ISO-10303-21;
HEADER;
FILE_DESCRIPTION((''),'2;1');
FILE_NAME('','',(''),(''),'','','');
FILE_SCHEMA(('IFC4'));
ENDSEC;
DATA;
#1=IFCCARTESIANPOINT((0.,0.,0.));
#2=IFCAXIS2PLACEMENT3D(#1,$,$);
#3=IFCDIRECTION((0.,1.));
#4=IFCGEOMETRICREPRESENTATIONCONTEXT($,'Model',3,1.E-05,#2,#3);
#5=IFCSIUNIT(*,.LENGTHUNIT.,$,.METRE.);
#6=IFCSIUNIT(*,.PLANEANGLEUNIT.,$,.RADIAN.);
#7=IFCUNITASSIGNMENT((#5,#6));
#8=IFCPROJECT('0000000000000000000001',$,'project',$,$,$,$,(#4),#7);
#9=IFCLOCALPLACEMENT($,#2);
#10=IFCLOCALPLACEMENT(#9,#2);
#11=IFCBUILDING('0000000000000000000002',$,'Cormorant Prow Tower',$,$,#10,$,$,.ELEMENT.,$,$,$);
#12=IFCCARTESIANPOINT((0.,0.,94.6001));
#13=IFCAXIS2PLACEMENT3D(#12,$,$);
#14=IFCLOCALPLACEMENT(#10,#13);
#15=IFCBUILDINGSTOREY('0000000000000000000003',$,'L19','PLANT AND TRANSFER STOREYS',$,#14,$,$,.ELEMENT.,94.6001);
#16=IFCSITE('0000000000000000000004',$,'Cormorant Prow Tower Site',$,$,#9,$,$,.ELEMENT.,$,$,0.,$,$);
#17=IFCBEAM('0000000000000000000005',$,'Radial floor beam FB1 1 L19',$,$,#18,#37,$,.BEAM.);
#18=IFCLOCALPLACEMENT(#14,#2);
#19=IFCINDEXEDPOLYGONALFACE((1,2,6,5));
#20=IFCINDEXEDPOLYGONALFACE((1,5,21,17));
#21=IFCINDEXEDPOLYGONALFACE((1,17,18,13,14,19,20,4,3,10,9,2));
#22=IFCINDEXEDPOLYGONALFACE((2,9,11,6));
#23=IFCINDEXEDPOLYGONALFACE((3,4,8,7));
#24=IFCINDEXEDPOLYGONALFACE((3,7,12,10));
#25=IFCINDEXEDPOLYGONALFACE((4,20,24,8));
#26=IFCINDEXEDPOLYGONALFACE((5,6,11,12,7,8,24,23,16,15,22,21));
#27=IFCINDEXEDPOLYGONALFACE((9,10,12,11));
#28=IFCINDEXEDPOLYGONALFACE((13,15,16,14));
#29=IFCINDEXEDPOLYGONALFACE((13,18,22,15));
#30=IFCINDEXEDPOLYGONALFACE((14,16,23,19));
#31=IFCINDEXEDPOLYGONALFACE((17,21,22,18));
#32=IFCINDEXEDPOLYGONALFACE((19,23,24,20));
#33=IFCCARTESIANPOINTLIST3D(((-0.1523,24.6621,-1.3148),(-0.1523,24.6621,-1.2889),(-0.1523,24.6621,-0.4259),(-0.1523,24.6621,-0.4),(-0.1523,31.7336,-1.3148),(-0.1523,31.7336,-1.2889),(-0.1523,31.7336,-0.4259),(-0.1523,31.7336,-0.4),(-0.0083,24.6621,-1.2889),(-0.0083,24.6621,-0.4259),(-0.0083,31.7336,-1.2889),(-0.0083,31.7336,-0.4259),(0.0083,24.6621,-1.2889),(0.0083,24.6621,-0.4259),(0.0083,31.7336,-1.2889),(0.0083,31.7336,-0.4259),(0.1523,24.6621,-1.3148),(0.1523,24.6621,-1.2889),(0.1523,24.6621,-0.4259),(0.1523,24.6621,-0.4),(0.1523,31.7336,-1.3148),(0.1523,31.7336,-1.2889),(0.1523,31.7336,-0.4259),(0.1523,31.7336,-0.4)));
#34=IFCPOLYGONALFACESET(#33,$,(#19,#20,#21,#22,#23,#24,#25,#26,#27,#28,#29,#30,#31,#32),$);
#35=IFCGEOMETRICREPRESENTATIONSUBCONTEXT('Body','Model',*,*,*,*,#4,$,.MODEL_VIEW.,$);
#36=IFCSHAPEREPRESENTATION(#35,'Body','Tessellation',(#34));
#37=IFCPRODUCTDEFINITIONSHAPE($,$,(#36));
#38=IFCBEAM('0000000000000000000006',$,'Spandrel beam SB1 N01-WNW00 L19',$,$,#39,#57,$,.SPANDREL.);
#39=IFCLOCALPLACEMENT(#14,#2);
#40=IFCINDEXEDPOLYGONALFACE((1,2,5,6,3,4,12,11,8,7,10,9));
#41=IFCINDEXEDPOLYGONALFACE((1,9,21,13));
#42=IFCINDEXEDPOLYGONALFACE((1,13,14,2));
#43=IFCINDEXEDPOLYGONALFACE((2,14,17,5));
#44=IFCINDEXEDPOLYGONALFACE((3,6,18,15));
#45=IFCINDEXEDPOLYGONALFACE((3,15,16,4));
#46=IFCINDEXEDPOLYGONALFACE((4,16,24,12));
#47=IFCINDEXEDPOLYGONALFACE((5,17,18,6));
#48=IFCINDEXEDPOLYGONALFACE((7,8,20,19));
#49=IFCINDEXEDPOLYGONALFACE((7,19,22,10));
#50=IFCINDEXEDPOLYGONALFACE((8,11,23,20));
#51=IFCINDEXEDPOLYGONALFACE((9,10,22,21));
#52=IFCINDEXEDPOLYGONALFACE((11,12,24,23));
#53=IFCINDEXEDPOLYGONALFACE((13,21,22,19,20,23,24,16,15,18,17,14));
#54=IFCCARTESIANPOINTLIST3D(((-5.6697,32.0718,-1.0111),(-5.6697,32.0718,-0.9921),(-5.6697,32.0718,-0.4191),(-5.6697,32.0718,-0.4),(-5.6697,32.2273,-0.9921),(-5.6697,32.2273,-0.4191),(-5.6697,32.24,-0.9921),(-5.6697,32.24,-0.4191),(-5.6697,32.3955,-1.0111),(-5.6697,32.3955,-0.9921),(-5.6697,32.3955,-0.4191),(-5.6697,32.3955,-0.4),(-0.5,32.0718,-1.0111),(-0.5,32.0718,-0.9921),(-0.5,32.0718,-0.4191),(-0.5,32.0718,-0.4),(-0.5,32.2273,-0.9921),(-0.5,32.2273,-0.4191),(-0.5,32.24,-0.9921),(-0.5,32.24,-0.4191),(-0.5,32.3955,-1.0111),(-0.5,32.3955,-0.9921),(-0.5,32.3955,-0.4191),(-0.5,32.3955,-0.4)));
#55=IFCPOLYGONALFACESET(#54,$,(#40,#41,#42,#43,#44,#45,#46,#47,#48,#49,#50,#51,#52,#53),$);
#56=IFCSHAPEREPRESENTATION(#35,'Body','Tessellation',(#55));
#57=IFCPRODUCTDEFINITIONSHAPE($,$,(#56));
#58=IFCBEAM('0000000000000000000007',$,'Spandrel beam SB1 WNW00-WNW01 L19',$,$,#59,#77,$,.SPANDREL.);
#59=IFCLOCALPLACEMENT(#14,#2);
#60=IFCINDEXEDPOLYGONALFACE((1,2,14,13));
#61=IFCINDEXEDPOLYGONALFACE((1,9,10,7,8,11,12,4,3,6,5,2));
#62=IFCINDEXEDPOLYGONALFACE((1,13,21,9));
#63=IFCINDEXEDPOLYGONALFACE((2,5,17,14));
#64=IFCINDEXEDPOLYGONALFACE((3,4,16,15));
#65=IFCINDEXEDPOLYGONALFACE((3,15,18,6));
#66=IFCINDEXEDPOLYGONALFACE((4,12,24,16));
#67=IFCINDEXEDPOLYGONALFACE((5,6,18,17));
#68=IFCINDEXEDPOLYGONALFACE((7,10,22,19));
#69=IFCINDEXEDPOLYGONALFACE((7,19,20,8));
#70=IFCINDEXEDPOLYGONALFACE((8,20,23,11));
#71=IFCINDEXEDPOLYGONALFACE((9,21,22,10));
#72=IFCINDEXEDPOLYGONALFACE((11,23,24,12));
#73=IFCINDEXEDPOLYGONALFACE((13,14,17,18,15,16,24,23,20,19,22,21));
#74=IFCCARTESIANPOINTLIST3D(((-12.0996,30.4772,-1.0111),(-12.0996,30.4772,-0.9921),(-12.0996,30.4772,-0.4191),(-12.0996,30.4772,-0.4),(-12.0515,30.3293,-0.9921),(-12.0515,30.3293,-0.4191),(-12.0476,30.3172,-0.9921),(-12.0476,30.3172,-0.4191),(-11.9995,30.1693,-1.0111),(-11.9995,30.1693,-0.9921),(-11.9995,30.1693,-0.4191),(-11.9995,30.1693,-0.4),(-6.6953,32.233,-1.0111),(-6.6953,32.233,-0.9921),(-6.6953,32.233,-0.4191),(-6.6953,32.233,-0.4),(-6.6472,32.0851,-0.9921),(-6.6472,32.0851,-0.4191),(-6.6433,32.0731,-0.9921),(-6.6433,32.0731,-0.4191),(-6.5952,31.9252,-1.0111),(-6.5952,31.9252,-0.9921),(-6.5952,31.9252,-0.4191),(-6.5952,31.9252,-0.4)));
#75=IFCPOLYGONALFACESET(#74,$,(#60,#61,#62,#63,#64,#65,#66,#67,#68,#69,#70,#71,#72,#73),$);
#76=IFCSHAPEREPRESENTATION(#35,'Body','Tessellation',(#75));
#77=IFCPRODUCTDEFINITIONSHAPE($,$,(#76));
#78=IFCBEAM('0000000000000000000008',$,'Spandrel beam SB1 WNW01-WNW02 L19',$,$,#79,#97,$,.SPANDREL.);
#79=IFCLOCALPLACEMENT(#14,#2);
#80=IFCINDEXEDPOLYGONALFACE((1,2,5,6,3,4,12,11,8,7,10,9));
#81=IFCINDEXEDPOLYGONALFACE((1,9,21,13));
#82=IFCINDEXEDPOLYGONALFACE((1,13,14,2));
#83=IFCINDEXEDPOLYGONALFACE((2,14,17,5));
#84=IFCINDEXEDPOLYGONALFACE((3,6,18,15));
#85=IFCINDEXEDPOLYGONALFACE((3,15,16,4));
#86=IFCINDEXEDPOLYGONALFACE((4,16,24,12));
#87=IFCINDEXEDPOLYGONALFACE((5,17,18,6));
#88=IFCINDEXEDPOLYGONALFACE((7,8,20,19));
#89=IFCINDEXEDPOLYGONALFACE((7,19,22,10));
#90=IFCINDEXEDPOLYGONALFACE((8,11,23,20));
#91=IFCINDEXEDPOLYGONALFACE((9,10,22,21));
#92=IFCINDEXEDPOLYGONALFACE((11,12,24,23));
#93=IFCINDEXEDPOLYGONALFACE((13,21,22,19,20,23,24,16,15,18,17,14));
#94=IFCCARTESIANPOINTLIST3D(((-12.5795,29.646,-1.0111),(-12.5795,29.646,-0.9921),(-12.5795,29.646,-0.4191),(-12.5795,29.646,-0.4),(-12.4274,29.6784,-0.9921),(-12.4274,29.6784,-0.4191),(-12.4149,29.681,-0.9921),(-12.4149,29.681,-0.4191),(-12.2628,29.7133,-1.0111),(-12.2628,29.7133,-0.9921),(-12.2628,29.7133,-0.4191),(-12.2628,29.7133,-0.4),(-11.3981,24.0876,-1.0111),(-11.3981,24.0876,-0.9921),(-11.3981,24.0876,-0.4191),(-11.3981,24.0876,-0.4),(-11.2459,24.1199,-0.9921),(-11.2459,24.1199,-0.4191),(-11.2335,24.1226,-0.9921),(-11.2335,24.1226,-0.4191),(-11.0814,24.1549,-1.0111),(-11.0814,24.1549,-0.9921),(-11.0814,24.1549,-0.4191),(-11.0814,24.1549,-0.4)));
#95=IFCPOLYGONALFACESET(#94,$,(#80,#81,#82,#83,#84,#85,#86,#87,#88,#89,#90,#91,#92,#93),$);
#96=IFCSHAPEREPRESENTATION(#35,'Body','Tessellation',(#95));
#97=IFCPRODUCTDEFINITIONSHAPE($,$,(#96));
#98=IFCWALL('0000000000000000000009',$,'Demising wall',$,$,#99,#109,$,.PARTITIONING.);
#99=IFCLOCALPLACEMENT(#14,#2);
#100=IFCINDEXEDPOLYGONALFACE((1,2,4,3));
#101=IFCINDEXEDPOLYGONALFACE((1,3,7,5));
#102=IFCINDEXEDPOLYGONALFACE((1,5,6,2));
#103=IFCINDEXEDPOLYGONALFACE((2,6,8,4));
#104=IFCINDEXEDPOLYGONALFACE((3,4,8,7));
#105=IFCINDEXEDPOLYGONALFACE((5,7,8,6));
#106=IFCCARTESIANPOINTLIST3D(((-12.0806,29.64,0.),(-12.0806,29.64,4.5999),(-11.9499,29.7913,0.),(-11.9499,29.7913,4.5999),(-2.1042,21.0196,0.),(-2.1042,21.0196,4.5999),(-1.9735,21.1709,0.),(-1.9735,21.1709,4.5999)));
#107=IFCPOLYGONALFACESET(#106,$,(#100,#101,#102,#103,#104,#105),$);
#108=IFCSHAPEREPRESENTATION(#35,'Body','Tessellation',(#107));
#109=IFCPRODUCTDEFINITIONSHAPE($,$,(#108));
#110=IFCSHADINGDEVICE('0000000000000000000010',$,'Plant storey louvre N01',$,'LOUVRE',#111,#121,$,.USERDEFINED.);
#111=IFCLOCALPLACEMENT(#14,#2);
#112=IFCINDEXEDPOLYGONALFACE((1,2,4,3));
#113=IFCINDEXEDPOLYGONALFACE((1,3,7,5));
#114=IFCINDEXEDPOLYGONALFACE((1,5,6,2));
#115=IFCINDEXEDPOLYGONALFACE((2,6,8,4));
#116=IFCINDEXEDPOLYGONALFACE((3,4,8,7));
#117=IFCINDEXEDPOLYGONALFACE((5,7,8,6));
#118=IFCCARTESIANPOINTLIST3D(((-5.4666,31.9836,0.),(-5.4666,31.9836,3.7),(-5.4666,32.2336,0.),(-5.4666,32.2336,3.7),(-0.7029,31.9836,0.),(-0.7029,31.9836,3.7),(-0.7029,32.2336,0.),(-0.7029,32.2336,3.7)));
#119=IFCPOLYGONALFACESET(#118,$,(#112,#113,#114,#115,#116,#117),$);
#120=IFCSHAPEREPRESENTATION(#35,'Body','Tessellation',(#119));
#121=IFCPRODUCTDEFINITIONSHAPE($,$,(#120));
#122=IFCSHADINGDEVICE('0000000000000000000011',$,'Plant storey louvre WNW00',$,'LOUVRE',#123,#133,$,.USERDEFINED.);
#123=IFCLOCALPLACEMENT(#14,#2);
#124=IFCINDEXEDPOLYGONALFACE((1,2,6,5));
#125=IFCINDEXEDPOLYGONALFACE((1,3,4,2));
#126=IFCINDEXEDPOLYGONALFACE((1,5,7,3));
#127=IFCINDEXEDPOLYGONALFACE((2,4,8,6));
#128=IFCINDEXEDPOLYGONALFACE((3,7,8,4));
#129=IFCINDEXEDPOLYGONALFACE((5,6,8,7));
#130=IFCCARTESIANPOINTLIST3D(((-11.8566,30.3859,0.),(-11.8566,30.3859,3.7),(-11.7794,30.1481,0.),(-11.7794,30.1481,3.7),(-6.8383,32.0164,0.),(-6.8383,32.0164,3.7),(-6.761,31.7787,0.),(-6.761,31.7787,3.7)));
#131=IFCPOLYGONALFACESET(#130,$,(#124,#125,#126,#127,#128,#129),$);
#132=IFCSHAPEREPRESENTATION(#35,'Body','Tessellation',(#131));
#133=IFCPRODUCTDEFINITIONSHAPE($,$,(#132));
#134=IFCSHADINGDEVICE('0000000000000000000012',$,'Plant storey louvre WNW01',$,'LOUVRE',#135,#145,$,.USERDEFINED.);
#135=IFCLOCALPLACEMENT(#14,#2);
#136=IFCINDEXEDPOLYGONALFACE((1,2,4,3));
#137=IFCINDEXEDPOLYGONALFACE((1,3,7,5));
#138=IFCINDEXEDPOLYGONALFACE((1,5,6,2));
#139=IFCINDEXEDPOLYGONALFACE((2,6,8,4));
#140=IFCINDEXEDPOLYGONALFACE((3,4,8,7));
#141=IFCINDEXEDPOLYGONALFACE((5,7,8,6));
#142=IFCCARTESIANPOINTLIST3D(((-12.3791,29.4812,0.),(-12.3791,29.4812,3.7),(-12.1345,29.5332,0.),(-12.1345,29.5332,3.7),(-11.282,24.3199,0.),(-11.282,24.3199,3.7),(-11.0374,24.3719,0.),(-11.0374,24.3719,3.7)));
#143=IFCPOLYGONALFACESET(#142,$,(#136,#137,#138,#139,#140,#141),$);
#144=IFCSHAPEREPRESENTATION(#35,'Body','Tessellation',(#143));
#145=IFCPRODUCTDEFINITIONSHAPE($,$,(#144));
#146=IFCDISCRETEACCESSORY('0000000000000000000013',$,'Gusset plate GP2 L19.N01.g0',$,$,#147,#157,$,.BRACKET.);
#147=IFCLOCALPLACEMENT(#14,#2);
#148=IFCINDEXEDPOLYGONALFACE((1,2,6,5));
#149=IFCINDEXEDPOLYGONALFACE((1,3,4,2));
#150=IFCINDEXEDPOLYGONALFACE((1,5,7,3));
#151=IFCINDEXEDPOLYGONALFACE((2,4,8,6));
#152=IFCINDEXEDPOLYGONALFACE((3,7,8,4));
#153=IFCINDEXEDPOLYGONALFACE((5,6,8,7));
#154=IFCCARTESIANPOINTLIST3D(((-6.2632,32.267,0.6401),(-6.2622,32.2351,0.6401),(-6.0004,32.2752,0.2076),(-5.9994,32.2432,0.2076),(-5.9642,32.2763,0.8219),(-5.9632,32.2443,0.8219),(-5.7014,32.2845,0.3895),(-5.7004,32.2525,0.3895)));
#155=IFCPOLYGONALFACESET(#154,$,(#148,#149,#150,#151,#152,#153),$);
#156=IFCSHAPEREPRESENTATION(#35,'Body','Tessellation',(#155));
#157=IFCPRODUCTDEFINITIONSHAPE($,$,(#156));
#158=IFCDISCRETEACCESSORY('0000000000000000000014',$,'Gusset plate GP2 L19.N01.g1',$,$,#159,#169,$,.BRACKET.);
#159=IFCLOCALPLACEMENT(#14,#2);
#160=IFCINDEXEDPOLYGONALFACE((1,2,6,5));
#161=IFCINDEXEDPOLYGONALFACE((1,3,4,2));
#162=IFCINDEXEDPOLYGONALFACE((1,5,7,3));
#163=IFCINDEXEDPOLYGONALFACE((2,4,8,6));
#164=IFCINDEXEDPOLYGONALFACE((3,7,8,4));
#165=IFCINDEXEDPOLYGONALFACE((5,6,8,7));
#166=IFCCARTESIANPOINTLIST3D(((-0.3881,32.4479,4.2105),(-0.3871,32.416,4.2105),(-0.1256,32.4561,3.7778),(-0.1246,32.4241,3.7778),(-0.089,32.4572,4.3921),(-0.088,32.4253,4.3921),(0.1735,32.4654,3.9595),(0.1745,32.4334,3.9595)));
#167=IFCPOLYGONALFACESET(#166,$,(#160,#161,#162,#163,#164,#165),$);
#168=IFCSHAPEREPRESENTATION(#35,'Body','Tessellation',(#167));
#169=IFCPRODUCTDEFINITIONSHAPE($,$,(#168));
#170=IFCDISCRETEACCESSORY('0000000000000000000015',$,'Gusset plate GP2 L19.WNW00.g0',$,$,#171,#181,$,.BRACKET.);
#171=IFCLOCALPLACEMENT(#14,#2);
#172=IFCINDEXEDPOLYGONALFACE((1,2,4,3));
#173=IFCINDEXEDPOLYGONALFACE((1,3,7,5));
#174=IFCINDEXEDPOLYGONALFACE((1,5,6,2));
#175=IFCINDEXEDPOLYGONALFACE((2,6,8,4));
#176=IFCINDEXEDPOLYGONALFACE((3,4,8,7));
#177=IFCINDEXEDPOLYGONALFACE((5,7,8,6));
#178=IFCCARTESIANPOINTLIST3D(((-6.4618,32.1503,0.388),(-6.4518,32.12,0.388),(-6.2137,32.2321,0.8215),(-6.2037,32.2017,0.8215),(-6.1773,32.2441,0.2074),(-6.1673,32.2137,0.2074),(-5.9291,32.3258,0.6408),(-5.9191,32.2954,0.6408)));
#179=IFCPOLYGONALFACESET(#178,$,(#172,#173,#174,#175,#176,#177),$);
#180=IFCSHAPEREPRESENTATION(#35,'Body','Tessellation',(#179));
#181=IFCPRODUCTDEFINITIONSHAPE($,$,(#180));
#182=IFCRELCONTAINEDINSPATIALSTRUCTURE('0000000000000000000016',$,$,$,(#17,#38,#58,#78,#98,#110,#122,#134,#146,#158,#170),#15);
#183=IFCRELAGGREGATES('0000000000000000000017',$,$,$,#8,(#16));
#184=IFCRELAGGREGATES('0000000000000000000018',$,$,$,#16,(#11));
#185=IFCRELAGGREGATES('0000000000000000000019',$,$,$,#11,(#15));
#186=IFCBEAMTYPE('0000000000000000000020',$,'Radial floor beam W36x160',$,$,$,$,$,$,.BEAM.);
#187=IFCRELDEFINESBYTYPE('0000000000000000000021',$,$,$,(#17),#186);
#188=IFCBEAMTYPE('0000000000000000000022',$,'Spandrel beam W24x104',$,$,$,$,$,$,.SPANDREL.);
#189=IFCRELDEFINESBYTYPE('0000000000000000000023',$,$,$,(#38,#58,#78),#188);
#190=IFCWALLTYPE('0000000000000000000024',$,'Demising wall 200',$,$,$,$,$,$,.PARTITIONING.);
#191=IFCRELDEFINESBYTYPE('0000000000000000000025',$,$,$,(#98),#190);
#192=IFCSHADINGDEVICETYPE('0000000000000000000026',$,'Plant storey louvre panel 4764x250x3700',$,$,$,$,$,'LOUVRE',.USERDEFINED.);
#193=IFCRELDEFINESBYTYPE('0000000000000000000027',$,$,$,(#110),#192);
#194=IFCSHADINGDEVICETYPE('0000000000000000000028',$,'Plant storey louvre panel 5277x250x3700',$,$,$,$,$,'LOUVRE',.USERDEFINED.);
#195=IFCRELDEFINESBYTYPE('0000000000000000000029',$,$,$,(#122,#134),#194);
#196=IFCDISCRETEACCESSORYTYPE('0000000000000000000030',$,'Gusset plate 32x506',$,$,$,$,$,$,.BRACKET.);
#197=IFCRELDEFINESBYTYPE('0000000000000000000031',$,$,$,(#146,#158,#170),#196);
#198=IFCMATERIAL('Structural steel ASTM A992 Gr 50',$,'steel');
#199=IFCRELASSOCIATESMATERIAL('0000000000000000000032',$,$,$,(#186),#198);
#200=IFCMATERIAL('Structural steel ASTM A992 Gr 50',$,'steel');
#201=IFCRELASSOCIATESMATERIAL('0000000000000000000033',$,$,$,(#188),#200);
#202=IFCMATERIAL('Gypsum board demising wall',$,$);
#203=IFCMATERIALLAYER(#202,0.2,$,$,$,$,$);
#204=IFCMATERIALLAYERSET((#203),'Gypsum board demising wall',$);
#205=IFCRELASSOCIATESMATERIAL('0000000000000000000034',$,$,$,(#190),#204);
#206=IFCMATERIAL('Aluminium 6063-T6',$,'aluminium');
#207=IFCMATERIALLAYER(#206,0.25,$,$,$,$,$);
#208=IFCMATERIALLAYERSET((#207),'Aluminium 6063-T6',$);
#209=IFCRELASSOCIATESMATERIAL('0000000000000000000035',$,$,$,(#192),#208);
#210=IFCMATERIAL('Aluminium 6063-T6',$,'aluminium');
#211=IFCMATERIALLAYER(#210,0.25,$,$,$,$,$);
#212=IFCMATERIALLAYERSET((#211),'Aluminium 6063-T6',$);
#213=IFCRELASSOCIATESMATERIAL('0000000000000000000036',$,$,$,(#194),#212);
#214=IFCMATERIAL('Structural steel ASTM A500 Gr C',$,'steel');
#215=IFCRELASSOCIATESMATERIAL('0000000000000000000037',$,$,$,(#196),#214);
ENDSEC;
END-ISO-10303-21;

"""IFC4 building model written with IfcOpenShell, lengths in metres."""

from ifc_helpers import new_model, si_unit, direction, frame, frame_2d, origin, origin_2d, place, context, subcontext, project, spatial, rectangle, i_section, extrude, material, layer, layer_set, material_profile, profile_set, type_object, element, save


model = new_model("IFC4")

# Units and contexts
model_context = context("Model", 3, precision=1e-05, world=origin(), true_north=direction((0.0, 1.0)))
body_context = subcontext(model_context, "Body", "Model", "MODEL_VIEW")
ifc_project = project(units=[si_unit("LENGTHUNIT", "METRE"), si_unit("PLANEANGLEUNIT", "RADIAN")], contexts=[model_context])

# Site, building, storey
site_placement = place(None, origin())
site = spatial("IfcSite", under=ifc_project, at=site_placement, Name="Cormorant Prow Tower Site", CompositionType="ELEMENT", RefElevation=0.0)
building_placement = place(site_placement, origin())
building = spatial("IfcBuilding", under=site, at=building_placement, Name="Cormorant Prow Tower", CompositionType="ELEMENT")
storey_placement = place(building_placement, frame((0.0, 0.0, 94.6001)))
storey = spatial("IfcBuildingStorey", under=building, at=storey_placement, Name="L19", Description="PLANT AND TRANSFER STOREYS", CompositionType="ELEMENT", Elevation=94.6001)

# Beams
ifc_material_1 = material(Name="Structural steel ASTM A992 Gr 50", Category="steel")
ifc_material_profile_1 = material_profile(ifc_material_1, i_section(OverallWidth=0.3047, OverallDepth=0.9148, WebThickness=0.0166, FlangeThickness=0.0259, at=origin_2d()), Name="W36x160")
ifc_profile_set_1 = profile_set([ifc_material_profile_1], Name="Structural steel ASTM A992 Gr 50")
beam_type_1 = type_object("IfcBeamType", Name="Radial floor beam W36x160", PredefinedType="BEAM", material=ifc_profile_set_1)
beam_1_placement = place(storey_placement, frame((0.0, 24.6621, -0.8574), z_axis=(0.0, 1.0, 0.0), x_axis=(-1.0, 0.0, 0.0)))
element("IfcBeam", 1, at=beam_1_placement, inside=storey, type_object=beam_type_1, Name="Radial floor beam FB1 1 L19", PredefinedType="BEAM", context=body_context, shape_type="SweptSolid", body=[
    extrude(i_section(OverallWidth=0.3047, OverallDepth=0.9148, WebThickness=0.0166, FlangeThickness=0.0259, at=origin_2d()), origin(), (0.0, 0.0, 1.0), 7.0715),
])
ifc_material_2 = material(Name="Structural steel ASTM A992 Gr 50", Category="steel")
ifc_material_profile_2 = material_profile(ifc_material_2, i_section(OverallWidth=0.3237, OverallDepth=0.6111, WebThickness=0.0127, FlangeThickness=0.019, at=origin_2d()), Name="W24x104")
ifc_profile_set_2 = profile_set([ifc_material_profile_2], Name="Structural steel ASTM A992 Gr 50")
beam_type_2 = type_object("IfcBeamType", Name="Spandrel beam W24x104", PredefinedType="SPANDREL", material=ifc_profile_set_2)
beam_2_placement = place(storey_placement, frame((-0.5, 32.2336, -0.7056), z_axis=(-1.0, 0.0, 0.0), x_axis=(0.0, -1.0, 0.0)))
element("IfcBeam", 2, at=beam_2_placement, inside=storey, type_object=beam_type_2, Name="Spandrel beam SB1 N01-WNW00 L19", PredefinedType="SPANDREL", context=body_context, shape_type="SweptSolid", body=[
    extrude(i_section(OverallWidth=0.3237, OverallDepth=0.6111, WebThickness=0.0127, FlangeThickness=0.019, at=origin_2d()), origin(), (0.0, 0.0, 1.0), 5.1697),
])
beam_3_placement = place(storey_placement, frame((-6.6453, 32.0791, -0.7056), z_axis=(-0.951062, -0.309001, 0.0), x_axis=(0.309001, -0.951062, 0.0)))
element("IfcBeam", 3, at=beam_3_placement, inside=storey, type_object=beam_type_2, Name="Spandrel beam SB1 WNW00-WNW01 L19", PredefinedType="SPANDREL", context=body_context, shape_type="SweptSolid", body=[
    extrude(i_section(OverallWidth=0.3237, OverallDepth=0.6111, WebThickness=0.0127, FlangeThickness=0.019, at=origin_2d()), origin(), (0.0, 0.0, 1.0), 5.6824),
])
beam_4_placement = place(storey_placement, frame((-12.4211, 29.6797, -0.7056), z_axis=(0.2079, -0.97815, 0.0), x_axis=(0.97815, 0.2079, 0.0)))
element("IfcBeam", 4, at=beam_4_placement, inside=storey, type_object=beam_type_2, Name="Spandrel beam SB1 WNW01-WNW02 L19", PredefinedType="SPANDREL", context=body_context, shape_type="SweptSolid", body=[
    extrude(i_section(OverallWidth=0.3237, OverallDepth=0.6111, WebThickness=0.0127, FlangeThickness=0.019, at=origin_2d()), origin(), (0.0, 0.0, 1.0), 5.6826),
])

# Wall
ifc_material_3 = material(Name="Gypsum board demising wall")
ifc_layer_1 = layer(ifc_material_3, 0.2)
ifc_layer_set_1 = layer_set([ifc_layer_1], Name="Gypsum board demising wall")
wall_type = type_object("IfcWallType", Name="Demising wall 200", PredefinedType="PARTITIONING", material=ifc_layer_set_1)
wall_placement = place(storey_placement, frame((-12.0151, 29.7156, 0.0), z_axis=(0.0, 0.0, 1.0), x_axis=(0.756656, -0.653813, 0.0)))
element("IfcWall", 5, at=wall_placement, inside=storey, type_object=wall_type, Name="Demising wall", PredefinedType="PARTITIONING", context=body_context, shape_type="SweptSolid", body=[
    extrude(rectangle(XDim=13.1848, YDim=0.2, at=frame_2d((6.5923, 0.0))), origin(), (0.0, 0.0, 1.0), 4.5999),
])

# Shading devices
ifc_material_4 = material(Name="Aluminium 6063-T6", Category="aluminium")
ifc_layer_2 = layer(ifc_material_4, 0.25)
ifc_layer_set_2 = layer_set([ifc_layer_2], Name="Aluminium 6063-T6")
shading_device_type_1 = type_object("IfcShadingDeviceType", Name="Plant storey louvre panel 4764x250x3700", ElementType="LOUVRE", PredefinedType="USERDEFINED", material=ifc_layer_set_2)
shading_device_placement = place(storey_placement, frame((-3.0847, 32.1086, 0.0), z_axis=(0.0, 0.0, 1.0), x_axis=(-1.0, 0.0, 0.0)))
element("IfcShadingDevice", 6, at=shading_device_placement, inside=storey, type_object=shading_device_type_1, Name="Plant storey louvre N01", ObjectType="LOUVRE", PredefinedType="USERDEFINED", context=body_context, shape_type="SweptSolid", body=[
    extrude(rectangle(XDim=4.7637, YDim=0.25, at=origin_2d()), origin(), (0.0, 0.0, 1.0), 3.7),
])
ifc_material_5 = material(Name="Aluminium 6063-T6", Category="aluminium")
ifc_layer_3 = layer(ifc_material_5, 0.25)
ifc_layer_set_3 = layer_set([ifc_layer_3], Name="Aluminium 6063-T6")
shading_device_type_2 = type_object("IfcShadingDeviceType", Name="Plant storey louvre panel 5277x250x3700", ElementType="LOUVRE", PredefinedType="USERDEFINED", material=ifc_layer_set_3)
for number, where, z_axis, x_axis, name in (
    (7, (-9.3088, 31.0823, 0.0), (0.0, 0.0, 1.0), (-0.951057, -0.309017, 0.0), "Plant storey louvre WNW00"),
    (8, (-11.7083, 26.9265, 0.0), (0.0, 0.0, 1.0), (0.207912, -0.978148, 0.0), "Plant storey louvre WNW01"),
):
    element("IfcShadingDevice", number, at=place(storey_placement, frame(where, z_axis=z_axis, x_axis=x_axis)), inside=storey, type_object=shading_device_type_2, Name=name, ObjectType="LOUVRE", PredefinedType="USERDEFINED", context=body_context, shape_type="SweptSolid", body=[
        extrude(rectangle(XDim=5.2766, YDim=0.25, at=origin_2d()), origin(), (0.0, 0.0, 1.0), 3.7),
    ])

# Discrete accessories
ifc_material_6 = material(Name="Structural steel ASTM A500 Gr C", Category="steel")
ifc_material_profile_3 = material_profile(ifc_material_6, rectangle(XDim=0.032, YDim=0.5061, at=origin_2d()), Name="Gusset plate 32x506")
ifc_profile_set_3 = profile_set([ifc_material_profile_3], Name="Structural steel ASTM A500 Gr C")
discrete_accessory_type_1 = type_object("IfcDiscreteAccessoryType", Name="Gusset plate 32x506", PredefinedType="BRACKET", material=ifc_profile_set_3)
for number, where, z_axis, x_axis, name in (
    (9, (-5.8323, 32.2644, 0.6057), (-0.854101, -0.026495, -0.519433), (0.031005, -0.999519, 0.0), "Gusset plate GP2 L19.N01.g0"),
    (10, (-0.2563, 32.436, 3.9941), (0.85441, 0.026504, 0.518923), (-0.031005, 0.999519, 0.0), "Gusset plate GP2 L19.N01.g1"),
):
    element("IfcDiscreteAccessory", number, at=place(storey_placement, frame(where, z_axis=z_axis, x_axis=x_axis)), inside=storey, type_object=discrete_accessory_type_1, Name=name, PredefinedType="BRACKET", context=body_context, shape_type="SweptSolid", body=[
        extrude(rectangle(XDim=0.032, YDim=0.5061, at=origin_2d()), origin(), (0.0, 0.0, 1.0), 0.3501),
    ])
for number, where, z_axis, x_axis, name in (
    (11, (-6.3328, 32.176, 0.6047), (0.813455, 0.267896, -0.516258), (-0.312804, 0.949818, 0.0), "Gusset plate GP2 L19.WNW00.g0"),
):
    element("IfcDiscreteAccessory", number, at=place(storey_placement, frame(where, z_axis=z_axis, x_axis=x_axis)), inside=storey, type_object=discrete_accessory_type_1, Name=name, PredefinedType="BRACKET", context=body_context, shape_type="SweptSolid", body=[
        extrude(rectangle(XDim=0.032, YDim=0.5061, at=origin_2d()), origin(), (0.0, 0.0, 1.0), 0.3499),
    ])

save(model, "model.ifc")
